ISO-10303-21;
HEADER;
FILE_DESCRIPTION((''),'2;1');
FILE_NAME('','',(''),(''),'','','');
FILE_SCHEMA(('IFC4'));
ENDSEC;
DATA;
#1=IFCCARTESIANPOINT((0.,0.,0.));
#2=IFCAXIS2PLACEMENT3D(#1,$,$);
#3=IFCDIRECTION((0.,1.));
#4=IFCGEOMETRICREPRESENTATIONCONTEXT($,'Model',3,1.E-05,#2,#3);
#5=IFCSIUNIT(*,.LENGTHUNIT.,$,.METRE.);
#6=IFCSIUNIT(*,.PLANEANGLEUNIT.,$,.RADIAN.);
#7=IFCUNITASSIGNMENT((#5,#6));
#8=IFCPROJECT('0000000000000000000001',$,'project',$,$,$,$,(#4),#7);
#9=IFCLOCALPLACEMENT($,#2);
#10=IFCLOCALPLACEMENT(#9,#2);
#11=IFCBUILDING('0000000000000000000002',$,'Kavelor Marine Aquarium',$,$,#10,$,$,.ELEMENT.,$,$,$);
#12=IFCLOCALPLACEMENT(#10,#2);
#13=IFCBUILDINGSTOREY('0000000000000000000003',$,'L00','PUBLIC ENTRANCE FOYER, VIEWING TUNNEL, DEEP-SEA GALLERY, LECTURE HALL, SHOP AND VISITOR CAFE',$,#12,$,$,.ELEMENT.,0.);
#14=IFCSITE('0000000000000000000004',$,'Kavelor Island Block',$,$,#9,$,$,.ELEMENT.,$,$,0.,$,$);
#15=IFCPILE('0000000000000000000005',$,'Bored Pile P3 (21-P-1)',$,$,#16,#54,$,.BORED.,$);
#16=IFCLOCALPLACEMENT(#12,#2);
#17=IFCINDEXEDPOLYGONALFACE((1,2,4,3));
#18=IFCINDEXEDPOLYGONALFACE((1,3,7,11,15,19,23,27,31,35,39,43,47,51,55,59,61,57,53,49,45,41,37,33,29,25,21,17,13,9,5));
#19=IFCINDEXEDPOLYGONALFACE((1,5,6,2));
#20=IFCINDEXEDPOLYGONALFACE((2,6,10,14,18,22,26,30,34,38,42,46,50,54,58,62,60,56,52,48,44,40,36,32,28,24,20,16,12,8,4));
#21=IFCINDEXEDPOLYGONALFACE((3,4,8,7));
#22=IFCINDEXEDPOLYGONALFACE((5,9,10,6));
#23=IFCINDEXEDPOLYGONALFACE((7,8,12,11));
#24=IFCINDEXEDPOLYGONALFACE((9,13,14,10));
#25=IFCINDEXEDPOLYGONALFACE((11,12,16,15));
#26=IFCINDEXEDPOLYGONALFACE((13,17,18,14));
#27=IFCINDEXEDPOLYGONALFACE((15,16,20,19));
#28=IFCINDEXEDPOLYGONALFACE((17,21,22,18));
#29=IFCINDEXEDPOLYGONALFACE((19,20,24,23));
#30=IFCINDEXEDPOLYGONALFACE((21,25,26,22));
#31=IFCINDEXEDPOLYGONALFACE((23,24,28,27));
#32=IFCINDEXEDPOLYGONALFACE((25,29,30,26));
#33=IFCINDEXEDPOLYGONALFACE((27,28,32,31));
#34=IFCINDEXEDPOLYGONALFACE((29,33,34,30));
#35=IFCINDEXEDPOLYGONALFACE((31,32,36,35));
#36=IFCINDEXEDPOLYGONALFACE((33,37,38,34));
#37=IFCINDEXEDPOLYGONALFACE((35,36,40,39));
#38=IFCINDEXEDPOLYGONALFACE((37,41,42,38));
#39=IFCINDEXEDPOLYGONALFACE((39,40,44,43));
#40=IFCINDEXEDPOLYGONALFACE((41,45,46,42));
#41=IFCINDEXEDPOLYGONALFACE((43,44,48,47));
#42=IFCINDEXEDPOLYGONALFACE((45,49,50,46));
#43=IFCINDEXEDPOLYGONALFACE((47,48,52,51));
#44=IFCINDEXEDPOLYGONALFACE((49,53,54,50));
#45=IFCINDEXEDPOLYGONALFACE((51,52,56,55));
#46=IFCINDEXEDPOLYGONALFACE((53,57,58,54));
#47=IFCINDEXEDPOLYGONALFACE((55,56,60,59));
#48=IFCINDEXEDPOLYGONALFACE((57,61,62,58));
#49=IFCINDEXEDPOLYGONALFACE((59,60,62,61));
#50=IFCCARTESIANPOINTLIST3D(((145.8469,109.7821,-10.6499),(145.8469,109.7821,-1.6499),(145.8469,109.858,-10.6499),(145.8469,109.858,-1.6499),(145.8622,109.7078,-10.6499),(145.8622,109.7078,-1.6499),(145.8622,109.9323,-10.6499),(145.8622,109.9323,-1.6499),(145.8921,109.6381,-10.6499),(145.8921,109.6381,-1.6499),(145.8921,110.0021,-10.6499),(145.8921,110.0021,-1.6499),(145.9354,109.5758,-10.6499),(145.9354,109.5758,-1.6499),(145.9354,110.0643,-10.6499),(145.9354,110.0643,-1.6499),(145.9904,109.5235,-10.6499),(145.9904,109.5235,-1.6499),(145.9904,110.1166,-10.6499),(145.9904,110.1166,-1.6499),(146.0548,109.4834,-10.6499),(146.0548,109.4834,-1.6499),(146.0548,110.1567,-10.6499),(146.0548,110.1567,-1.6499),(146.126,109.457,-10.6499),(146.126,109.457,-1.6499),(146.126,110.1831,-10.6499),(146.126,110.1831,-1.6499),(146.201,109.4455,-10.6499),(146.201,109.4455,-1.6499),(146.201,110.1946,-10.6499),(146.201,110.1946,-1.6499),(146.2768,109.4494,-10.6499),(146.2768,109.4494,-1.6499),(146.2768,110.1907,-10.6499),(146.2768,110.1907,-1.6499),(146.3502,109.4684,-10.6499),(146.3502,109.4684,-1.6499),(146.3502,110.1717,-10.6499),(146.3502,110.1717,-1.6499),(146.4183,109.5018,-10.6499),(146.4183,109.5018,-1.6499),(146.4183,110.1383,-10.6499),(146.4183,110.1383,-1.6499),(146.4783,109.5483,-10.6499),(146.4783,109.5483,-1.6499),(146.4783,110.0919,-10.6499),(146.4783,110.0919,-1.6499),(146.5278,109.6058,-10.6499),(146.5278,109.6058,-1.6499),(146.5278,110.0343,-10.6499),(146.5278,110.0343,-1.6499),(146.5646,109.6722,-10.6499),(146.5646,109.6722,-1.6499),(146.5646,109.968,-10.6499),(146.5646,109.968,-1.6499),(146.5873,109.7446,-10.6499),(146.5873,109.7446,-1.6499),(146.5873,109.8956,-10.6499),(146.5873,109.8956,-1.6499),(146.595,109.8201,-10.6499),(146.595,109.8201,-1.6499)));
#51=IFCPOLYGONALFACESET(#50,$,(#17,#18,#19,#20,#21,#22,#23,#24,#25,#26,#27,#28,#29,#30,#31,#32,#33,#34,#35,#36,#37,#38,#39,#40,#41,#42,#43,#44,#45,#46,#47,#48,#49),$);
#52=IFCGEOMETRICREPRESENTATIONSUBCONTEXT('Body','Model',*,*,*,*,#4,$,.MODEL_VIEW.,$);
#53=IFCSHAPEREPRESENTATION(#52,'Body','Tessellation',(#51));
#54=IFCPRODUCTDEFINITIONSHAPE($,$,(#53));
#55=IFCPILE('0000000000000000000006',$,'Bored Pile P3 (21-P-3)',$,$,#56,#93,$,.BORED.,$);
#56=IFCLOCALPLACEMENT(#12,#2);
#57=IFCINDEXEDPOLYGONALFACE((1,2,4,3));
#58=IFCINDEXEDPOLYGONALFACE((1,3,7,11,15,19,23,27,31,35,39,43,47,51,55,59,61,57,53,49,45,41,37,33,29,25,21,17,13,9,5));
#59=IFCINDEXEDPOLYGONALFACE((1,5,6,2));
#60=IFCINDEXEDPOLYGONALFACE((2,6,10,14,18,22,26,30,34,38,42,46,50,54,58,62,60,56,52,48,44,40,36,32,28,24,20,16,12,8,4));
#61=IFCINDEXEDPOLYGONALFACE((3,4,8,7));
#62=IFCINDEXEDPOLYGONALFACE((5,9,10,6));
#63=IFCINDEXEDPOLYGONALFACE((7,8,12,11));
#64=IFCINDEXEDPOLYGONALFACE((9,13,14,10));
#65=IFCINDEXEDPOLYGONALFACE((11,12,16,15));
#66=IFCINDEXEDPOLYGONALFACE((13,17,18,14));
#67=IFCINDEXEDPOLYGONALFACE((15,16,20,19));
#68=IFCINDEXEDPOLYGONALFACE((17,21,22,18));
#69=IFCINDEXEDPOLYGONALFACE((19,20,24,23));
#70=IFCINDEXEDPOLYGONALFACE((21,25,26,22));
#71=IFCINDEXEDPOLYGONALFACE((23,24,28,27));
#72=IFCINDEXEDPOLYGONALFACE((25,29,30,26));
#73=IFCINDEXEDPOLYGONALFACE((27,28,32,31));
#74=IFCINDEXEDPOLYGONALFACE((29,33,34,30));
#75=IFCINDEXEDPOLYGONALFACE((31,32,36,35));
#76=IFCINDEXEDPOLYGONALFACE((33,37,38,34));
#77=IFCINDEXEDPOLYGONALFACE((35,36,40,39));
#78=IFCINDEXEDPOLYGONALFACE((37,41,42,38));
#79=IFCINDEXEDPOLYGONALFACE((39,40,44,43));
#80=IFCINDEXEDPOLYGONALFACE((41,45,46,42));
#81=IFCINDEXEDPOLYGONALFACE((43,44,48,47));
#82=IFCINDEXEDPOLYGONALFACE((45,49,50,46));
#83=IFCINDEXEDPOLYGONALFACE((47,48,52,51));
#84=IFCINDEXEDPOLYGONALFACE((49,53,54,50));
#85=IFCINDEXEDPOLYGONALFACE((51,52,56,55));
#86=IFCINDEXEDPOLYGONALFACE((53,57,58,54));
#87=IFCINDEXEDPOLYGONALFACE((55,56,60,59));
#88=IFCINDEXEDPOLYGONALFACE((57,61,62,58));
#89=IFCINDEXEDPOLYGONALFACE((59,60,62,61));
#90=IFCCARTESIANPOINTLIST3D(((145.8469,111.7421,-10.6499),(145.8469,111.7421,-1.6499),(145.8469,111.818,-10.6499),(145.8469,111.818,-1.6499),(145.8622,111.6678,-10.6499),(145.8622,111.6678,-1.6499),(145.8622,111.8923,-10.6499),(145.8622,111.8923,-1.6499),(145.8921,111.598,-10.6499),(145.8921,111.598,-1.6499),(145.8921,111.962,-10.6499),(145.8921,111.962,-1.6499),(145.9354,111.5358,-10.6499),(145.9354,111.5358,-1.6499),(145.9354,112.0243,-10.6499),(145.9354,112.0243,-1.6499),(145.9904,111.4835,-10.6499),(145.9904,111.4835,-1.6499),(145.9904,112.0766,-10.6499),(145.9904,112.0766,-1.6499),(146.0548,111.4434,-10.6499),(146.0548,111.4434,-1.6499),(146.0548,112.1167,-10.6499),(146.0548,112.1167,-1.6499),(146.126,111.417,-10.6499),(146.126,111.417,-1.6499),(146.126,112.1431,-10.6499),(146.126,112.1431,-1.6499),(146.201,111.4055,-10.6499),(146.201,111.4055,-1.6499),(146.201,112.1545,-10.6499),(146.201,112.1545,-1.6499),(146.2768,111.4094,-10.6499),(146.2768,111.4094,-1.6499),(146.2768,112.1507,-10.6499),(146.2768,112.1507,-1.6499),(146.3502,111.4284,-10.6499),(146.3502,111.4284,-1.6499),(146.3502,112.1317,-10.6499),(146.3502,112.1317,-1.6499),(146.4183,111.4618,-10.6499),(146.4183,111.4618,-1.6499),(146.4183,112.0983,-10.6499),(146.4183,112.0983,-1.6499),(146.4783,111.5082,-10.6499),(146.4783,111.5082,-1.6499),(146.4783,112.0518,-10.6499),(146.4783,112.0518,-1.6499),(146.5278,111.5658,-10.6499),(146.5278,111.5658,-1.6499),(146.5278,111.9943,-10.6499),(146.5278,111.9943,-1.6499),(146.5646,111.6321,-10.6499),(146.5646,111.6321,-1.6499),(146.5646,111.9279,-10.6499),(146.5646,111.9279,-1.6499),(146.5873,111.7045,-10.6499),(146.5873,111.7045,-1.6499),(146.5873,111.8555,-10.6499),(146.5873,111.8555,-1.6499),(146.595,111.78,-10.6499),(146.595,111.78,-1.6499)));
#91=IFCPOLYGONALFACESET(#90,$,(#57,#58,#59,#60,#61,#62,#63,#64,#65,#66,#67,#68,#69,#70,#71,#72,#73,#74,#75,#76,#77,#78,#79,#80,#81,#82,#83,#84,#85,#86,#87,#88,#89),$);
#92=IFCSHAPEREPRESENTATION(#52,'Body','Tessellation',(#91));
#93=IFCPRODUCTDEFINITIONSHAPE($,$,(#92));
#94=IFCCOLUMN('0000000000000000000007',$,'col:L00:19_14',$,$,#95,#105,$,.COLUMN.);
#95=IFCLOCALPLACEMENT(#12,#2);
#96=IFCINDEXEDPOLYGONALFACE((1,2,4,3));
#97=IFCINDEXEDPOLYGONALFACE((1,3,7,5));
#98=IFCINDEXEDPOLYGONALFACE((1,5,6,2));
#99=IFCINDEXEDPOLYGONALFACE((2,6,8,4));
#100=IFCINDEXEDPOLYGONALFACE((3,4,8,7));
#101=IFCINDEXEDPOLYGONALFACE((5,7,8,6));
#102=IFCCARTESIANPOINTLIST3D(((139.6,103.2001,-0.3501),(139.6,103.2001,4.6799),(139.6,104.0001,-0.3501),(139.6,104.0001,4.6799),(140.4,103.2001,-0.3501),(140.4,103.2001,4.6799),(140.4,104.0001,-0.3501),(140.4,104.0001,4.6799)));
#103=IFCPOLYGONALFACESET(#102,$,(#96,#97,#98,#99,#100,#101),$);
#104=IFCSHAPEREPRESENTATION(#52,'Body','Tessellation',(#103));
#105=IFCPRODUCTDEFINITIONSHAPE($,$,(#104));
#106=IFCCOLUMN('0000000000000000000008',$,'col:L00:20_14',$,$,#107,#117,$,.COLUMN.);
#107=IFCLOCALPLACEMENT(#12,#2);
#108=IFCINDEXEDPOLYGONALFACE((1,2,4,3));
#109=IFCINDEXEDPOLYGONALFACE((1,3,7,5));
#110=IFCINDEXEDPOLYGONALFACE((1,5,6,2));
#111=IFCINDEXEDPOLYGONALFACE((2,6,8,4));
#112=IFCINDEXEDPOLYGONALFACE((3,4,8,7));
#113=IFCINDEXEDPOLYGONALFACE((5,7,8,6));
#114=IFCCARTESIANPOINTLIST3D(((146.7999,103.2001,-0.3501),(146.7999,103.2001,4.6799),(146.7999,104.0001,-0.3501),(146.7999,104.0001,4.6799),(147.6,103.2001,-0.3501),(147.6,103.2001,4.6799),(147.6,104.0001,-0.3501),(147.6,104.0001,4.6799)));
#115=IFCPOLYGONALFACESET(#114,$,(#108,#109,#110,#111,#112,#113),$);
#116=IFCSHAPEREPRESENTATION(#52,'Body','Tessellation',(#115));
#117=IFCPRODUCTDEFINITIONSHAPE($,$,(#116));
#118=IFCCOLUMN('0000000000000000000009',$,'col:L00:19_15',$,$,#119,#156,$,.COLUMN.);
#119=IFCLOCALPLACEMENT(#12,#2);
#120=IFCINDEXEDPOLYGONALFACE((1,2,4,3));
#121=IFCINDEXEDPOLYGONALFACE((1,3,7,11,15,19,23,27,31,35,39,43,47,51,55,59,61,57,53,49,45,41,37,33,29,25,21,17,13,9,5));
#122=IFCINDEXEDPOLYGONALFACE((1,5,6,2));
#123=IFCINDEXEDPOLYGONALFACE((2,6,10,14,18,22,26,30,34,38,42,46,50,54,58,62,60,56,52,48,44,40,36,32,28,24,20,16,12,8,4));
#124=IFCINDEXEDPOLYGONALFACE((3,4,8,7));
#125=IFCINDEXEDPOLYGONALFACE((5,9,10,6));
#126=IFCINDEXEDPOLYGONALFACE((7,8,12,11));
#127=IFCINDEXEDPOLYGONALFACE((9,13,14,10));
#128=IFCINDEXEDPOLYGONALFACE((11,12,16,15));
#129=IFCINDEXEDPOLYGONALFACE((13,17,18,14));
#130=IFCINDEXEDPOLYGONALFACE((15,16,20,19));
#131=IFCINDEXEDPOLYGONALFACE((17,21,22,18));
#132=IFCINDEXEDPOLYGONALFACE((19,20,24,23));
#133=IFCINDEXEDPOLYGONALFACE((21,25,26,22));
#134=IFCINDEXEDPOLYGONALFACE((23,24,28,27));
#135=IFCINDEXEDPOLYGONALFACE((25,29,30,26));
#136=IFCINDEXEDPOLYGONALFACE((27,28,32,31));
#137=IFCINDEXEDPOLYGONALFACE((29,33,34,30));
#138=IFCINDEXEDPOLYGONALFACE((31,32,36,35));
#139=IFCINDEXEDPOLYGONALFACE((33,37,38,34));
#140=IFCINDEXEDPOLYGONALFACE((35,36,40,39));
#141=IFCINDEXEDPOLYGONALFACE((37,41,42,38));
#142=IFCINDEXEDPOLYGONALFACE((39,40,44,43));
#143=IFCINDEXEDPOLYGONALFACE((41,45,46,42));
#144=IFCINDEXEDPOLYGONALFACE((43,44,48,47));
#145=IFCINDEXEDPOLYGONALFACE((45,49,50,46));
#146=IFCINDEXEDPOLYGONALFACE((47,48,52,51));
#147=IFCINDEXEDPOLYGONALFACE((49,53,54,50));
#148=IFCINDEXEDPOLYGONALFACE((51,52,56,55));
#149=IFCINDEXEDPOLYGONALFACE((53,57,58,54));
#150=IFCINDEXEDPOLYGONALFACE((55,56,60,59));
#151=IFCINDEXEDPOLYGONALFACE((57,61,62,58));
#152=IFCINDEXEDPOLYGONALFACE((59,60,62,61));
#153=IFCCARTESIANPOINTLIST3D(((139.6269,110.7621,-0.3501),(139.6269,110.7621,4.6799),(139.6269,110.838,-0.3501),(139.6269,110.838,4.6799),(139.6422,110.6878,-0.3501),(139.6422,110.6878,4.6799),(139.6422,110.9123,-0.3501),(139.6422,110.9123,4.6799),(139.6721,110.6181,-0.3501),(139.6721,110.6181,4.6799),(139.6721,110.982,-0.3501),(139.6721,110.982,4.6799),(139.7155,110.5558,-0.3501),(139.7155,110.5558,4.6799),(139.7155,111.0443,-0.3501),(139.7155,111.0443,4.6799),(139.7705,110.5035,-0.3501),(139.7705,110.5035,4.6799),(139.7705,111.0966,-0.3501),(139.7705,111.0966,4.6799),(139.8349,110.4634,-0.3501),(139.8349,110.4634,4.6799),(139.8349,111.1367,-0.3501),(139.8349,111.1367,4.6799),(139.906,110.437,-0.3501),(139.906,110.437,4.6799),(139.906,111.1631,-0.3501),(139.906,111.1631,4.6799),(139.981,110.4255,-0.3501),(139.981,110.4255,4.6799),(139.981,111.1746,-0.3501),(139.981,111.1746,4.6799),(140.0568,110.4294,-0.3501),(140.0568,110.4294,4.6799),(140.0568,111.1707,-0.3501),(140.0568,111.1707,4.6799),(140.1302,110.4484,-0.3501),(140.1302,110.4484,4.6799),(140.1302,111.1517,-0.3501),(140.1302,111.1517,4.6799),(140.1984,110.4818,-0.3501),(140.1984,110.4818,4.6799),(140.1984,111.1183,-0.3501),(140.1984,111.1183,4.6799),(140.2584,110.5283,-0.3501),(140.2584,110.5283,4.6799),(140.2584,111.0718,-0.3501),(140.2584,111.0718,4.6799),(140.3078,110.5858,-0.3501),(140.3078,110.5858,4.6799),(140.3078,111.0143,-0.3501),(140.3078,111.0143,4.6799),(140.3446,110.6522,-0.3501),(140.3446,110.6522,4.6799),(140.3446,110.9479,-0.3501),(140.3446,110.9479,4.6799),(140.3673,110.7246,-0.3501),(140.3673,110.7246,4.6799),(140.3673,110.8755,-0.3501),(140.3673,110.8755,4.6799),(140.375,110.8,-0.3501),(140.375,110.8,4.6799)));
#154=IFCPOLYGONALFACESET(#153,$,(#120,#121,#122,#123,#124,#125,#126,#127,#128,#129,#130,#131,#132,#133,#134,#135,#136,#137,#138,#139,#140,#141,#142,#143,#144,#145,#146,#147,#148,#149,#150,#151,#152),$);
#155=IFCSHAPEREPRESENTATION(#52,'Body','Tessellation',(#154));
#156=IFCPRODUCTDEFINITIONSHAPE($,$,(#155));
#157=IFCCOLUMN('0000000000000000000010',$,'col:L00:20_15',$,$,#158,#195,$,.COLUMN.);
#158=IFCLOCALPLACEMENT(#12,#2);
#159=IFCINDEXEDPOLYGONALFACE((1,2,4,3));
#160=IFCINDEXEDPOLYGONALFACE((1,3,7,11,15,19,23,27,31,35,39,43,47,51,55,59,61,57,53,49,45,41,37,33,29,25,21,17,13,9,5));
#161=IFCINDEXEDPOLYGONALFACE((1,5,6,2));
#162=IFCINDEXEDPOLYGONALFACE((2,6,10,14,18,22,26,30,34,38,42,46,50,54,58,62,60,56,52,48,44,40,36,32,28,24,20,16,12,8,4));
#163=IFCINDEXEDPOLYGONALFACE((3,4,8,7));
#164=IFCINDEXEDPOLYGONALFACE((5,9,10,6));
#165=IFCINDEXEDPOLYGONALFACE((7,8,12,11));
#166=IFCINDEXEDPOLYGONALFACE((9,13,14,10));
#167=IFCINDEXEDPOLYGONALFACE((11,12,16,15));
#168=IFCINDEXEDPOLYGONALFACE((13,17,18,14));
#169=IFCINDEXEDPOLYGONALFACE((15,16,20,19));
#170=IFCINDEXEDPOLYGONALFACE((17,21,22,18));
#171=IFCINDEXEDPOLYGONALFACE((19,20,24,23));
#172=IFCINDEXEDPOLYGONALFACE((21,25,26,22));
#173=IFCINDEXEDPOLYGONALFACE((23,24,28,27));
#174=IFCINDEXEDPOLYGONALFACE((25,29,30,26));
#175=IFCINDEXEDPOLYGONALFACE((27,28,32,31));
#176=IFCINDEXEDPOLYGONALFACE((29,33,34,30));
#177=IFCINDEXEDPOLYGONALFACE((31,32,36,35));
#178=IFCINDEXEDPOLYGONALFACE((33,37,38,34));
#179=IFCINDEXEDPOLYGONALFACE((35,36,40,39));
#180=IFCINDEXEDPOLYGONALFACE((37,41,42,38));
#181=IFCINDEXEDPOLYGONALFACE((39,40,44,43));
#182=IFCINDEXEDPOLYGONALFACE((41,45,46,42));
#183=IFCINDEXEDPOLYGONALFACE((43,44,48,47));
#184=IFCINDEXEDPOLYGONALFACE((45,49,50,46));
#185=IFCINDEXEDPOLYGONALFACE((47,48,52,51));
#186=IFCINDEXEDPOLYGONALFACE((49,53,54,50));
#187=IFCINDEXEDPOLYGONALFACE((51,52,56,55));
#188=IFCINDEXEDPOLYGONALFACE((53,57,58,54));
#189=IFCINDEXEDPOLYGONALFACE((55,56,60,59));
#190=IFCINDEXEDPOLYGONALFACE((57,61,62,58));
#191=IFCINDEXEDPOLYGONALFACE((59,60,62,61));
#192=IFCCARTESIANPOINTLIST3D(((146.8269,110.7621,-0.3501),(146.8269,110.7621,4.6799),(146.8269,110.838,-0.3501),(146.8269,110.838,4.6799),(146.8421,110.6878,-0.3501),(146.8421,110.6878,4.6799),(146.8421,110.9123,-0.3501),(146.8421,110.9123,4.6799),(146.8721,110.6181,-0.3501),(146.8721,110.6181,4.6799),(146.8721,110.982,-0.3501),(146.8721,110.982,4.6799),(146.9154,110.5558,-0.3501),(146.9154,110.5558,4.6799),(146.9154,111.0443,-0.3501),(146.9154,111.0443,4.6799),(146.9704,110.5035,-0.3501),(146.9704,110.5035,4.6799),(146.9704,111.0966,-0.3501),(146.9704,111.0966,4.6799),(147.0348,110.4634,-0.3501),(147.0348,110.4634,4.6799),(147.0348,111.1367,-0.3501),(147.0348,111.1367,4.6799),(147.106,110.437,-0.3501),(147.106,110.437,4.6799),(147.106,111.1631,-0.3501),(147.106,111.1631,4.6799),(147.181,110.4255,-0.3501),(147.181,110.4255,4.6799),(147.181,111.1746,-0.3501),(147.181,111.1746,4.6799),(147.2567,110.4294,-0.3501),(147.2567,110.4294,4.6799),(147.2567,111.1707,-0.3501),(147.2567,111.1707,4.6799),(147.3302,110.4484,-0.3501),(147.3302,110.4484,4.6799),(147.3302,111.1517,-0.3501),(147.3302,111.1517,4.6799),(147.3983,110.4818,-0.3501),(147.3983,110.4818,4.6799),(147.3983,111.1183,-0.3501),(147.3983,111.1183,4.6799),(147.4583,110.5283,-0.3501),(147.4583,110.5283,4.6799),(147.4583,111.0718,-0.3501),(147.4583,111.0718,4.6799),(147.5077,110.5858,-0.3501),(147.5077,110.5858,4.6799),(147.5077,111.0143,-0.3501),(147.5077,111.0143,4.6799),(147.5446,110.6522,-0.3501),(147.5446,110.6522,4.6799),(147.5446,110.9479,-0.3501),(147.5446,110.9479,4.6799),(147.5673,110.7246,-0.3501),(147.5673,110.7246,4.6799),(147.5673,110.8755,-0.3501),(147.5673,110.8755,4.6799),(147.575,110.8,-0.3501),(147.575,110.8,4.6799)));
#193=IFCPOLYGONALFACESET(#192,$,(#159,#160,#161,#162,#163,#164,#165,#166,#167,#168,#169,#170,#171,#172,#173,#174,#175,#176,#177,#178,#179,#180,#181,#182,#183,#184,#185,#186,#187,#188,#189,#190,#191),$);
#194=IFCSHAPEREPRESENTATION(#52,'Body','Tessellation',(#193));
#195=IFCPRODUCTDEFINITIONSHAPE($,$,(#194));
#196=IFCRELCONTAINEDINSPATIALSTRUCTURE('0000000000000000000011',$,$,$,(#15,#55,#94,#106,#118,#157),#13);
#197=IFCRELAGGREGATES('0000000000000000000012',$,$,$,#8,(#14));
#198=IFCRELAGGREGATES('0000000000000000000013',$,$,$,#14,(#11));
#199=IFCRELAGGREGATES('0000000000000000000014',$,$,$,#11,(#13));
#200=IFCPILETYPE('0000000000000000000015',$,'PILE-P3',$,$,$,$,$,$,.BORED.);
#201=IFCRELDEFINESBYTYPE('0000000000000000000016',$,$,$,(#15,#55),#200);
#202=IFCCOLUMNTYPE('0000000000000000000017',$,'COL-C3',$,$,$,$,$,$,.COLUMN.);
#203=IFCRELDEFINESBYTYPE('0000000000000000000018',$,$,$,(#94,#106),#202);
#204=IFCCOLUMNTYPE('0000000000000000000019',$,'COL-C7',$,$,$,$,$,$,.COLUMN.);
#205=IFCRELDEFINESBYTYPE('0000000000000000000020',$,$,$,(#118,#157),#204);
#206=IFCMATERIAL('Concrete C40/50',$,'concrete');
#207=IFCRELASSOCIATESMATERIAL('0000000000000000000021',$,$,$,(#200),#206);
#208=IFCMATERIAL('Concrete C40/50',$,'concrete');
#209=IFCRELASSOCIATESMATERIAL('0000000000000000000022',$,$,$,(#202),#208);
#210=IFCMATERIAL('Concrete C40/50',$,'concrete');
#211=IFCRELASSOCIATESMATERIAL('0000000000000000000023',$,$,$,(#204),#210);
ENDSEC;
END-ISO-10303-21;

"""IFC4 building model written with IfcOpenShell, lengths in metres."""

from ifc_helpers import new_model, si_unit, direction, frame, origin, origin_2d, place, context, subcontext, project, spatial, rectangle, circle, extrude, material, material_profile, profile_set, type_object, element, save


model = new_model("IFC4")

# Units and contexts
model_context = context("Model", 3, precision=1e-05, world=origin(), true_north=direction((0.0, 1.0)))
body_context = subcontext(model_context, "Body", "Model", "MODEL_VIEW")
ifc_project = project(units=[si_unit("LENGTHUNIT", "METRE"), si_unit("PLANEANGLEUNIT", "RADIAN")], contexts=[model_context])

# Site, building, storey
site_placement = place(None, origin())
site = spatial("IfcSite", under=ifc_project, at=site_placement, Name="Kavelor Island Block", CompositionType="ELEMENT", RefElevation=0.0)
building_placement = place(site_placement, origin())
building = spatial("IfcBuilding", under=site, at=building_placement, Name="Kavelor Marine Aquarium", CompositionType="ELEMENT")
storey_placement = place(building_placement, origin())
storey = spatial("IfcBuildingStorey", under=building, at=storey_placement, Name="L00", Description="PUBLIC ENTRANCE FOYER, VIEWING TUNNEL, DEEP-SEA GALLERY, LECTURE HALL, SHOP AND VISITOR CAFE", CompositionType="ELEMENT", Elevation=0.0)

# Piles
ifc_material_1 = material(Name="Concrete C40/50", Category="concrete")
ifc_material_profile_1 = material_profile(ifc_material_1, circle(Radius=0.375, at=origin_2d()), Name="PILE D750")
ifc_profile_set_1 = profile_set([ifc_material_profile_1], Name="Concrete C40/50")
pile_type_1 = type_object("IfcPileType", Name="PILE-P3", PredefinedType="BORED", material=ifc_profile_set_1)
for number, where, z_axis, x_axis, name in (
    (1, (146.22, 109.8201, -1.6499), (0.0, 0.0, -1.0), (1.0, 0.0, 0.0), "Bored Pile P3 (21-P-1)"),
    (2, (146.22, 111.78, -1.6499), (0.0, 0.0, -1.0), (1.0, 0.0, 0.0), "Bored Pile P3 (21-P-3)"),
):
    element("IfcPile", number, at=place(storey_placement, frame(where, z_axis=z_axis, x_axis=x_axis)), inside=storey, type_object=pile_type_1, Name=name, PredefinedType="BORED", context=body_context, shape_type="SweptSolid", body=[
        extrude(circle(Radius=0.375, at=origin_2d()), origin(), (0.0, 0.0, 1.0), 9.0),
    ])

# Columns
ifc_material_2 = material(Name="Concrete C40/50", Category="concrete")
ifc_material_profile_2 = material_profile(ifc_material_2, rectangle(XDim=0.8, YDim=0.8, at=origin_2d()), Name="RC-COL 800x800")
ifc_profile_set_2 = profile_set([ifc_material_profile_2], Name="Concrete C40/50")
column_type_1 = type_object("IfcColumnType", Name="COL-C3", PredefinedType="COLUMN", material=ifc_profile_set_2)
for number, where, z_axis, x_axis, name in (
    (3, (140.0, 103.6001, -0.3501), (0.0, 0.0, 1.0), (1.0, 0.0, 0.0), "col:L00:19_14"),
    (4, (147.2, 103.6001, -0.3501), (0.0, 0.0, 1.0), (1.0, 0.0, 0.0), "col:L00:20_14"),
):
    element("IfcColumn", number, at=place(storey_placement, frame(where, z_axis=z_axis, x_axis=x_axis)), inside=storey, type_object=column_type_1, Name=name, PredefinedType="COLUMN", context=body_context, shape_type="SweptSolid", body=[
        extrude(rectangle(XDim=0.8, YDim=0.8, at=origin_2d()), origin(), (0.0, 0.0, 1.0), 5.03),
    ])
ifc_material_3 = material(Name="Concrete C40/50", Category="concrete")
ifc_material_profile_3 = material_profile(ifc_material_3, circle(Radius=0.375, at=origin_2d()), Name="RC-COL D750")
ifc_profile_set_3 = profile_set([ifc_material_profile_3], Name="Concrete C40/50")
column_type_2 = type_object("IfcColumnType", Name="COL-C7", PredefinedType="COLUMN", material=ifc_profile_set_3)
for number, where, z_axis, x_axis, name in (
    (5, (140.0, 110.8, -0.3501), (0.0, 0.0, 1.0), (1.0, 0.0, 0.0), "col:L00:19_15"),
    (6, (147.2, 110.8, -0.3501), (0.0, 0.0, 1.0), (1.0, 0.0, 0.0), "col:L00:20_15"),
):
    element("IfcColumn", number, at=place(storey_placement, frame(where, z_axis=z_axis, x_axis=x_axis)), inside=storey, type_object=column_type_2, Name=name, PredefinedType="COLUMN", context=body_context, shape_type="SweptSolid", body=[
        extrude(circle(Radius=0.375, at=origin_2d()), origin(), (0.0, 0.0, 1.0), 5.03),
    ])

save(model, "model.ifc")
